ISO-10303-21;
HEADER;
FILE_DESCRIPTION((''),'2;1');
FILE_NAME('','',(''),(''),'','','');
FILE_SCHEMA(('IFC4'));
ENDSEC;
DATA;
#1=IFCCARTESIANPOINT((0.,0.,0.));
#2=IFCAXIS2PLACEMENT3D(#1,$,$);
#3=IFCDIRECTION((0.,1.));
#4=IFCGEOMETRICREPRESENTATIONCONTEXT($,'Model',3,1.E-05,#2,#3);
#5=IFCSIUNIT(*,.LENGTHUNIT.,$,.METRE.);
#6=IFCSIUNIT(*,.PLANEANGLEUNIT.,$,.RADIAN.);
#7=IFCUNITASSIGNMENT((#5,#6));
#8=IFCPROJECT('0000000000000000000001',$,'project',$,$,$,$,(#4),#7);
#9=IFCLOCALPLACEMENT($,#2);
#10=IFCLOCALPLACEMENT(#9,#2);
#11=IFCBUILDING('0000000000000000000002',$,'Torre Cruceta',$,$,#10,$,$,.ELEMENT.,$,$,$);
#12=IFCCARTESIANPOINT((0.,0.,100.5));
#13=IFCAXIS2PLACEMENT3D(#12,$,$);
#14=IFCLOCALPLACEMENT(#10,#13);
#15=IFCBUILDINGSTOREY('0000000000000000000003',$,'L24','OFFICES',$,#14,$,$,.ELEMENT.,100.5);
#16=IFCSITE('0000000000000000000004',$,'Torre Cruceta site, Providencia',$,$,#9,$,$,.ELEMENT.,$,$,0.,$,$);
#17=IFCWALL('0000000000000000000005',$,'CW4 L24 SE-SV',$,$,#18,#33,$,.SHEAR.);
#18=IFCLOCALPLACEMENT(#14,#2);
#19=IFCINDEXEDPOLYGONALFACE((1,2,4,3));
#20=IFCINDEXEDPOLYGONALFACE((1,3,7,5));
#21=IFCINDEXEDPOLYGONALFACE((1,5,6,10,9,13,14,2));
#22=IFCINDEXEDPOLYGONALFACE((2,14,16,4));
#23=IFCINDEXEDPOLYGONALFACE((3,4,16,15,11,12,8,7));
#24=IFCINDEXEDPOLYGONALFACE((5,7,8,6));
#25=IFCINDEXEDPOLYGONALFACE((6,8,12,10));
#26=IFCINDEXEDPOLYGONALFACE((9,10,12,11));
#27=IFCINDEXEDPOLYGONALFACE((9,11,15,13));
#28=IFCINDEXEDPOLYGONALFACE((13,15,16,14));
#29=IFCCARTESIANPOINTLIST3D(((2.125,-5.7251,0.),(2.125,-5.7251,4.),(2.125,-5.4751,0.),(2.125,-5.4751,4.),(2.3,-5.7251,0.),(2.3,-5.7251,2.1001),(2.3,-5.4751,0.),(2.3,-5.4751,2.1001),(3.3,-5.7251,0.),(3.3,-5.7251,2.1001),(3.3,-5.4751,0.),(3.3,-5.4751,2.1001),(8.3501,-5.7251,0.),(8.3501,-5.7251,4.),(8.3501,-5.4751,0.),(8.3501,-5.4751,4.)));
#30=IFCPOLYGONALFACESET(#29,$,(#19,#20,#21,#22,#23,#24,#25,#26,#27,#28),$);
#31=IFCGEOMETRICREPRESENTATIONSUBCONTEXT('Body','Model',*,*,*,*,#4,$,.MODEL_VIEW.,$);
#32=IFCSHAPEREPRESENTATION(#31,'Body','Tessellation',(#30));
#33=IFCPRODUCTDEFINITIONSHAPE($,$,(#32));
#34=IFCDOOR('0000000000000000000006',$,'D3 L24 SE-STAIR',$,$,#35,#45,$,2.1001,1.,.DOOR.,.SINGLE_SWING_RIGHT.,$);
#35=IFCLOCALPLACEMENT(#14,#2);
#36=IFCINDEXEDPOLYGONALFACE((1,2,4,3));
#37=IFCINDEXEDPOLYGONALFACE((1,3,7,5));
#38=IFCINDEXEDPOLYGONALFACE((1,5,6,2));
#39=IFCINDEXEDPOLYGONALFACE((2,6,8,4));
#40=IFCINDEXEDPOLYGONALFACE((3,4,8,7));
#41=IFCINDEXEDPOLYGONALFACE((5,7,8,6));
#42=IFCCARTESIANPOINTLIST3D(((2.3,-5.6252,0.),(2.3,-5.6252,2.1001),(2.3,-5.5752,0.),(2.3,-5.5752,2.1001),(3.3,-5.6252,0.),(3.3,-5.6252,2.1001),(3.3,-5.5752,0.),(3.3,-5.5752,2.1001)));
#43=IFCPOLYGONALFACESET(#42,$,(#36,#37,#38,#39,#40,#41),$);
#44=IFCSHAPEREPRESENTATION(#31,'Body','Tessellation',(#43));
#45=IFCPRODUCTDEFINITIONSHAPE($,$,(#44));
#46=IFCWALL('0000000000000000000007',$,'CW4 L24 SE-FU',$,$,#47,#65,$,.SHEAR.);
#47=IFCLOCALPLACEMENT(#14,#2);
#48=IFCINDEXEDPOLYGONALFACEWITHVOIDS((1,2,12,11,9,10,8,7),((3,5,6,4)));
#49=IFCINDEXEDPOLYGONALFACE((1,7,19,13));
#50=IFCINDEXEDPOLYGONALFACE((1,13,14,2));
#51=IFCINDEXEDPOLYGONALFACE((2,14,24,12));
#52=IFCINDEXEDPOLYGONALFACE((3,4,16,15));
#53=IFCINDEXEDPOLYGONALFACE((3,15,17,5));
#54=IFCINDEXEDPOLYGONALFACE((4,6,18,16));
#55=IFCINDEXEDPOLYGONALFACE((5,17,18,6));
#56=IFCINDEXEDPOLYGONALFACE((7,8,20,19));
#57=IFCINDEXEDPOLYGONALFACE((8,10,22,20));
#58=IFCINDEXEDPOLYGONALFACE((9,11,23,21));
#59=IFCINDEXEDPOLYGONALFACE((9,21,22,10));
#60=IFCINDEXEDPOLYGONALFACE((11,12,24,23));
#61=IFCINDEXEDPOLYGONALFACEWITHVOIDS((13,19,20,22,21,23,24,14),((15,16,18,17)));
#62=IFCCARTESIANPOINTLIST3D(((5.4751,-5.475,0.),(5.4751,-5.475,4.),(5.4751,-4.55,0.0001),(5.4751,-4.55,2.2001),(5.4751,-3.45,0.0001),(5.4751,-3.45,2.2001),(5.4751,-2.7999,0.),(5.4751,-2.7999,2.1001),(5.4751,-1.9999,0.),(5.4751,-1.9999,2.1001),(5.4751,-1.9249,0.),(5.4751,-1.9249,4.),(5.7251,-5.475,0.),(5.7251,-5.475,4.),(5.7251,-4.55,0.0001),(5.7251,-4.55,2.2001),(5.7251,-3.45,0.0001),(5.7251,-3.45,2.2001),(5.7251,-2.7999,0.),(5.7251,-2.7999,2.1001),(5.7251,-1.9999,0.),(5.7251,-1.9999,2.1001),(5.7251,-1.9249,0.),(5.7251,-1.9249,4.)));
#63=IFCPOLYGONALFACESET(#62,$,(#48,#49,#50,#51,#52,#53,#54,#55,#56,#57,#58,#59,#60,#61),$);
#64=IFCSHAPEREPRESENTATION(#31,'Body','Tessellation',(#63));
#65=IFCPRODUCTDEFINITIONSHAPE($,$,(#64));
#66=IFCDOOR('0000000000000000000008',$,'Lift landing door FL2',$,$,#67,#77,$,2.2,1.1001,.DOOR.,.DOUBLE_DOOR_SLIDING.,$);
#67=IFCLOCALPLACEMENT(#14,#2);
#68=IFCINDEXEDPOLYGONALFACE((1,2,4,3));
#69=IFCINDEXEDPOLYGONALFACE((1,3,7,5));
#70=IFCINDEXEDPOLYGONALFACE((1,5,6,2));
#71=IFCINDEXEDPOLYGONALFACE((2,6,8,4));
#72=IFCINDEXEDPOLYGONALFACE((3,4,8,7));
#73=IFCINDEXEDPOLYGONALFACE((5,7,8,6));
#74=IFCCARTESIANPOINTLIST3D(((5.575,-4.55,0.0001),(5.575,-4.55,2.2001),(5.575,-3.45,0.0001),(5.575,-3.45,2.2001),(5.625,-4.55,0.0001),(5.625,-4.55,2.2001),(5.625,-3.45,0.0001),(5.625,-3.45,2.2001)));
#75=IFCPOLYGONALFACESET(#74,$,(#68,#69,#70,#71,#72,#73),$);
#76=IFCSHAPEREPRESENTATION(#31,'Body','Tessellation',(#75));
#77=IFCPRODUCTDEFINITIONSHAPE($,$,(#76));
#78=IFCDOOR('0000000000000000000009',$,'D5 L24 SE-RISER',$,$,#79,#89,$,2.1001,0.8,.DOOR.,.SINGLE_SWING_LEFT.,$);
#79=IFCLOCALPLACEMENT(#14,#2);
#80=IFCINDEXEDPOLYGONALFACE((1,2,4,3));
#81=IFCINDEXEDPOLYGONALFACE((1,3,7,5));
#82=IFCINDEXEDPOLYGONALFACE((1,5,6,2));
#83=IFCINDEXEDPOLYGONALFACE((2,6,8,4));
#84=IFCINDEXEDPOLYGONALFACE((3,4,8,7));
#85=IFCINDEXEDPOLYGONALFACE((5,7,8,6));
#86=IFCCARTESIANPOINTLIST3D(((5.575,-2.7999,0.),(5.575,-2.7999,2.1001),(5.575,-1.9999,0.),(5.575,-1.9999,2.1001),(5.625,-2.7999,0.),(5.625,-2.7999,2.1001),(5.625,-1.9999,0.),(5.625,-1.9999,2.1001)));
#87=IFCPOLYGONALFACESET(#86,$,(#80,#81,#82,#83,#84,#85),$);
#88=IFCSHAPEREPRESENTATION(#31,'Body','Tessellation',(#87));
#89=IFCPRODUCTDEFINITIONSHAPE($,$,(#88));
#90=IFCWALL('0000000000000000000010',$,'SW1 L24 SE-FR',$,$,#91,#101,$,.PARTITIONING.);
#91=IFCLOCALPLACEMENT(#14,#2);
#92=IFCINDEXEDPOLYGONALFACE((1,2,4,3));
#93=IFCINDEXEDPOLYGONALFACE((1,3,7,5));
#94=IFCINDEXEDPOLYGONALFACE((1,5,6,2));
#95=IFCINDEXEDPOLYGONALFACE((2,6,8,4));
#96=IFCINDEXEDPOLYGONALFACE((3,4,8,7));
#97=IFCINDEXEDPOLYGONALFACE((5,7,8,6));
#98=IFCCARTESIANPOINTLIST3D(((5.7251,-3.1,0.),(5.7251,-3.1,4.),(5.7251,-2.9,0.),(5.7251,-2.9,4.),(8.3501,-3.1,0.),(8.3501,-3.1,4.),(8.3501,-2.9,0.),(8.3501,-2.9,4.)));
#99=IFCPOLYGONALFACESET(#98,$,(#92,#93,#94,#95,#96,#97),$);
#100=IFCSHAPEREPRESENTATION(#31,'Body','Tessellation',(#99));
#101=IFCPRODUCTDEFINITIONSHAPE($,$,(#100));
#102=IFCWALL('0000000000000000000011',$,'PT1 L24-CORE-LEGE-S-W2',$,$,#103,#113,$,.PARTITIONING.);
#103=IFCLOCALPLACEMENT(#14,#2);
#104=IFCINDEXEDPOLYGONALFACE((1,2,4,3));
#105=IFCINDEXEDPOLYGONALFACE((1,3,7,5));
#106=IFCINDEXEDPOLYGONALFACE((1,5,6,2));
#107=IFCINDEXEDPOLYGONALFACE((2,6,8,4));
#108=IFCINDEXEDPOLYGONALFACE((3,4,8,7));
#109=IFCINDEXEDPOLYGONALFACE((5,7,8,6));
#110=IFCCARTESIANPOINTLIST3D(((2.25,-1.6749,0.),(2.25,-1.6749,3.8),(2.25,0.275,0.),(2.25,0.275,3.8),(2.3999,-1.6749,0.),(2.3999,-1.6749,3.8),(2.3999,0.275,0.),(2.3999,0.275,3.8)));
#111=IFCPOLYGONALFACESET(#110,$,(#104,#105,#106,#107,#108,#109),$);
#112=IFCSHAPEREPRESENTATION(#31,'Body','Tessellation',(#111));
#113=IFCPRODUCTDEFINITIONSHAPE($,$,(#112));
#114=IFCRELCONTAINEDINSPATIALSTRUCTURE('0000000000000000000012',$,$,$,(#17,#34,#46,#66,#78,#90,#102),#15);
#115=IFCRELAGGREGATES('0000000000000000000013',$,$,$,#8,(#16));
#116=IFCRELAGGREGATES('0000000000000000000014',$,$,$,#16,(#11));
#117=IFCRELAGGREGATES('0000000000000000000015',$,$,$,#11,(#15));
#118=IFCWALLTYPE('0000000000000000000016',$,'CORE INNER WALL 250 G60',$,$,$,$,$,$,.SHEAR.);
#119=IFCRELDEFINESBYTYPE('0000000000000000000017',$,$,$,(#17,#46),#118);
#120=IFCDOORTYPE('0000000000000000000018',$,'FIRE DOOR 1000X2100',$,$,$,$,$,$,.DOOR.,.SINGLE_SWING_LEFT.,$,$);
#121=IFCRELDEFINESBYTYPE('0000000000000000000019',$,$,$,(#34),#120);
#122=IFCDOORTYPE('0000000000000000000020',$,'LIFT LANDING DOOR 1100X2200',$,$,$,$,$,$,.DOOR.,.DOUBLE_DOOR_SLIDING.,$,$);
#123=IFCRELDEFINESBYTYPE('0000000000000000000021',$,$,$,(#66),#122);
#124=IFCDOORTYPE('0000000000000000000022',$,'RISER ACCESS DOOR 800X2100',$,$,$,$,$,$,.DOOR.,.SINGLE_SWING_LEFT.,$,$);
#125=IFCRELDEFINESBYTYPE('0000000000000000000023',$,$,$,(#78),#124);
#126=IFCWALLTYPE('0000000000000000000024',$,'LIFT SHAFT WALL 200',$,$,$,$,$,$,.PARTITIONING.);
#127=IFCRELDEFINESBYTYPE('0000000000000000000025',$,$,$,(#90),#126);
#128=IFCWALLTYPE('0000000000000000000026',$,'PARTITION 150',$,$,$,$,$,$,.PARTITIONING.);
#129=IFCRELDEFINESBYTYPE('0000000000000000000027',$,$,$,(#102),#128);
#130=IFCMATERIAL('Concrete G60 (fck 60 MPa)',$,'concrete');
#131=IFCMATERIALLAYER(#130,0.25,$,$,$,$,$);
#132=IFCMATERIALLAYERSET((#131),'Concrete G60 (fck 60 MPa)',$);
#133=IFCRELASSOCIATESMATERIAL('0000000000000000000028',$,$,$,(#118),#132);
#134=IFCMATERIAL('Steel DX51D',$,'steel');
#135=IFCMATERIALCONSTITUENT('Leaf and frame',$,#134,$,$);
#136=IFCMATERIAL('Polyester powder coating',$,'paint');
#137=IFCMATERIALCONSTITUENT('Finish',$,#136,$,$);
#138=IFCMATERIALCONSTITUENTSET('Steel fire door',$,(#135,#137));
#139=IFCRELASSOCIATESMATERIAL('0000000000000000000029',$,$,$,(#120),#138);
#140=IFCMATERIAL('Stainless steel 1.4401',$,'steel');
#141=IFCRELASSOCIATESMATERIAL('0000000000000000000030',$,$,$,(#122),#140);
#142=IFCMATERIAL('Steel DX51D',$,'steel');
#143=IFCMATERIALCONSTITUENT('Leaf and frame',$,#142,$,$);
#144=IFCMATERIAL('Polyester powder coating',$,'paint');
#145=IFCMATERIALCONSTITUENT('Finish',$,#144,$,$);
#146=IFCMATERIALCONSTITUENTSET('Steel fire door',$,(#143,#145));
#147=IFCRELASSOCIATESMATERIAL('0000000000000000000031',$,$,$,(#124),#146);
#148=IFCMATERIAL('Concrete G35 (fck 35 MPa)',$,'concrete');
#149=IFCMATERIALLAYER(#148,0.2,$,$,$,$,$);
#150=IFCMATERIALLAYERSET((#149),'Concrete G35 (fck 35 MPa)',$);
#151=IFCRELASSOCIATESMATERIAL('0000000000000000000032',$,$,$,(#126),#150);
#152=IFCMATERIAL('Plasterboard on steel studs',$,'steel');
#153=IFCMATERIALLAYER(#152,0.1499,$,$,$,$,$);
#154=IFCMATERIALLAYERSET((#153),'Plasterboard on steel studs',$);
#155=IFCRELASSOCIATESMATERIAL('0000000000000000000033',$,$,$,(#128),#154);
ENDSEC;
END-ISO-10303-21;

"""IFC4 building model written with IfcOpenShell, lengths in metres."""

from ifc_helpers import new_model, si_unit, direction, frame, frame_2d, origin, place, context, subcontext, project, spatial, rectangle, extrude, material, layer, layer_set, constituent, constituent_set, type_object, element, fill, save


model = new_model("IFC4")

# Units and contexts
model_context = context("Model", 3, precision=1e-05, world=origin(), true_north=direction((0.0, 1.0)))
body_context = subcontext(model_context, "Body", "Model", "MODEL_VIEW")
ifc_project = project(units=[si_unit("LENGTHUNIT", "METRE"), si_unit("PLANEANGLEUNIT", "RADIAN")], contexts=[model_context])

# Site, building, storey
site_placement = place(None, origin())
site = spatial("IfcSite", under=ifc_project, at=site_placement, Name="Torre Cruceta site, Providencia", CompositionType="ELEMENT", RefElevation=0.0)
building_placement = place(site_placement, origin())
building = spatial("IfcBuilding", under=site, at=building_placement, Name="Torre Cruceta", CompositionType="ELEMENT")
storey_placement = place(building_placement, frame((0.0, 0.0, 100.5)))
storey = spatial("IfcBuildingStorey", under=building, at=storey_placement, Name="L24", Description="OFFICES", CompositionType="ELEMENT", Elevation=100.5)

# Shared definitions
ifc_material_1 = material(Name="Concrete G60 (fck 60 MPa)", Category="concrete")
ifc_layer_1 = layer(ifc_material_1, 0.25)
ifc_layer_set_1 = layer_set([ifc_layer_1], Name="Concrete G60 (fck 60 MPa)")
wall_type_1 = type_object("IfcWallType", Name="CORE INNER WALL 250 G60", PredefinedType="SHEAR", material=ifc_layer_set_1)
ifc_material_2 = material(Name="Steel DX51D", Category="steel")
ifc_constituent_1 = constituent(ifc_material_2, Name="Leaf and frame")
ifc_material_3 = material(Name="Polyester powder coating", Category="paint")
ifc_constituent_2 = constituent(ifc_material_3, Name="Finish")
ifc_constituent_set_1 = constituent_set(constituents=[ifc_constituent_1, ifc_constituent_2], Name="Steel fire door")
door_type_1 = type_object("IfcDoorType", Name="FIRE DOOR 1000X2100", OperationType="SINGLE_SWING_LEFT", PredefinedType="DOOR", material=ifc_constituent_set_1)

# Wall, opening, door
wall_1_placement = place(storey_placement, frame((2.125, -5.6001, 0.0), z_axis=(0.0, 0.0, 1.0), x_axis=(1.0, 0.0, 0.0)))
wall_1 = element("IfcWall", 1, at=wall_1_placement, inside=storey, type_object=wall_type_1, Name="CW4 L24 SE-SV", PredefinedType="SHEAR", context=body_context, shape_type="SweptSolid", body=[
    extrude(rectangle(XDim=6.2251, YDim=0.25, at=frame_2d((3.1125, 0.0))), origin(), (0.0, 0.0, 1.0), 4.0),
])
opening_1_placement = place(wall_1_placement, frame((0.175, 0.0, 0.0)))
opening_1 = element("IfcOpeningElement", 2, at=opening_1_placement, cuts=wall_1, PredefinedType="OPENING", context=body_context, shape_type="SweptSolid", body=[
    extrude(rectangle(XDim=1.0, YDim=2.1001, at=frame_2d((0.5, 1.05))), frame((0.0, 0.135, 0.0), z_axis=(0.0, -1.0, 0.0), x_axis=(1.0, 0.0, 0.0)), (0.0, 0.0, 1.0), 0.27),
])
door_1_placement = place(opening_1_placement, frame((1.0, 0.0, 0.0), z_axis=(0.0, 0.0, 1.0), x_axis=(-1.0, 0.0, 0.0)))
door_1 = element("IfcDoor", 3, at=door_1_placement, inside=storey, type_object=door_type_1, Name="D3 L24 SE-STAIR", OperationType="SINGLE_SWING_RIGHT", OverallHeight=2.1001, OverallWidth=1.0, PredefinedType="DOOR", context=body_context, shape_type="SweptSolid", body=[
    extrude(rectangle(XDim=1.0, YDim=2.1001, at=frame_2d((0.5, 1.05))), frame((0.0, 0.0251, 0.0), z_axis=(0.0, -1.0, 0.0), x_axis=(1.0, 0.0, 0.0)), (0.0, 0.0, 1.0), 0.05),
])
fill(opening_1, door_1)

# Wall, openings, doors
wall_2_placement = place(storey_placement, frame((5.6001, -1.925, 0.0), z_axis=(0.0, 0.0, 1.0), x_axis=(0.0, -1.0, 0.0)))
wall_2 = element("IfcWall", 4, at=wall_2_placement, inside=storey, type_object=wall_type_1, Name="CW4 L24 SE-FU", PredefinedType="SHEAR", context=body_context, shape_type="SweptSolid", body=[
    extrude(rectangle(XDim=3.55, YDim=0.25, at=frame_2d((1.7749, 0.0))), origin(), (0.0, 0.0, 1.0), 4.0),
])
opening_2_placement = place(wall_2_placement, frame((1.5249, 0.0, 0.0)))
opening_2 = element("IfcOpeningElement", 5, at=opening_2_placement, cuts=wall_2, PredefinedType="OPENING", context=body_context, shape_type="SweptSolid", body=[
    extrude(rectangle(XDim=1.1001, YDim=2.2, at=frame_2d((0.55, 1.1001))), frame((0.0, 0.135, 0.0), z_axis=(0.0, -1.0, 0.0), x_axis=(1.0, 0.0, 0.0)), (0.0, 0.0, 1.0), 0.27),
])
opening_3_placement = place(wall_2_placement, frame((0.075, 0.0, 0.0)))
opening_3 = element("IfcOpeningElement", 6, at=opening_3_placement, cuts=wall_2, PredefinedType="OPENING", context=body_context, shape_type="SweptSolid", body=[
    extrude(rectangle(XDim=0.8, YDim=2.1001, at=frame_2d((0.3999, 1.05))), frame((0.0, 0.135, 0.0), z_axis=(0.0, -1.0, 0.0), x_axis=(1.0, 0.0, 0.0)), (0.0, 0.0, 1.0), 0.27),
])
ifc_material_4 = material(Name="Stainless steel 1.4401", Category="steel")
door_type_2 = type_object("IfcDoorType", Name="LIFT LANDING DOOR 1100X2200", OperationType="DOUBLE_DOOR_SLIDING", PredefinedType="DOOR", material=ifc_material_4)
door_2_placement = place(opening_2_placement, origin())
door_2 = element("IfcDoor", 7, at=door_2_placement, inside=storey, type_object=door_type_2, Name="Lift landing door FL2", OperationType="DOUBLE_DOOR_SLIDING", OverallHeight=2.2, OverallWidth=1.1001, PredefinedType="DOOR", context=body_context, shape_type="SweptSolid", body=[
    extrude(rectangle(XDim=1.1001, YDim=2.2, at=frame_2d((0.55, 1.1001))), frame((0.0, 0.0249, 0.0), z_axis=(0.0, -1.0, 0.0), x_axis=(1.0, 0.0, 0.0)), (0.0, 0.0, 1.0), 0.05),
])
fill(opening_2, door_2)
ifc_material_5 = material(Name="Steel DX51D", Category="steel")
ifc_constituent_3 = constituent(ifc_material_5, Name="Leaf and frame")
ifc_material_6 = material(Name="Polyester powder coating", Category="paint")
ifc_constituent_4 = constituent(ifc_material_6, Name="Finish")
ifc_constituent_set_2 = constituent_set(constituents=[ifc_constituent_3, ifc_constituent_4], Name="Steel fire door")
door_type_3 = type_object("IfcDoorType", Name="RISER ACCESS DOOR 800X2100", OperationType="SINGLE_SWING_LEFT", PredefinedType="DOOR", material=ifc_constituent_set_2)
door_3_placement = place(opening_3_placement, origin())
door_3 = element("IfcDoor", 8, at=door_3_placement, inside=storey, type_object=door_type_3, Name="D5 L24 SE-RISER", OperationType="SINGLE_SWING_LEFT", OverallHeight=2.1001, OverallWidth=0.8, PredefinedType="DOOR", context=body_context, shape_type="SweptSolid", body=[
    extrude(rectangle(XDim=0.8, YDim=2.1001, at=frame_2d((0.3999, 1.05))), frame((0.0, 0.0249, 0.0), z_axis=(0.0, -1.0, 0.0), x_axis=(1.0, 0.0, 0.0)), (0.0, 0.0, 1.0), 0.05),
])
fill(opening_3, door_3)

# Walls
ifc_material_7 = material(Name="Concrete G35 (fck 35 MPa)", Category="concrete")
ifc_layer_2 = layer(ifc_material_7, 0.2)
ifc_layer_set_2 = layer_set([ifc_layer_2], Name="Concrete G35 (fck 35 MPa)")
wall_type_2 = type_object("IfcWallType", Name="LIFT SHAFT WALL 200", PredefinedType="PARTITIONING", material=ifc_layer_set_2)
wall_3_placement = place(storey_placement, frame((5.7251, -3.0, 0.0), z_axis=(0.0, 0.0, 1.0), x_axis=(1.0, 0.0, 0.0)))
element("IfcWall", 9, at=wall_3_placement, inside=storey, type_object=wall_type_2, Name="SW1 L24 SE-FR", PredefinedType="PARTITIONING", context=body_context, shape_type="SweptSolid", body=[
    extrude(rectangle(XDim=2.625, YDim=0.2, at=frame_2d((1.3125, 0.0))), origin(), (0.0, 0.0, 1.0), 4.0),
])
ifc_material_8 = material(Name="Plasterboard on steel studs", Category="steel")
ifc_layer_3 = layer(ifc_material_8, 0.1499)
ifc_layer_set_3 = layer_set([ifc_layer_3], Name="Plasterboard on steel studs")
wall_type_3 = type_object("IfcWallType", Name="PARTITION 150", PredefinedType="PARTITIONING", material=ifc_layer_set_3)
wall_4_placement = place(storey_placement, frame((2.325, -1.675, 0.0), z_axis=(0.0, 0.0, 1.0), x_axis=(0.0, 1.0, 0.0)))
element("IfcWall", 10, at=wall_4_placement, inside=storey, type_object=wall_type_3, Name="PT1 L24-CORE-LEGE-S-W2", PredefinedType="PARTITIONING", context=body_context, shape_type="SweptSolid", body=[
    extrude(rectangle(XDim=1.95, YDim=0.1499, at=frame_2d((0.9751, 0.0))), origin(), (0.0, 0.0, 1.0), 3.8),
])

save(model, "model.ifc")
